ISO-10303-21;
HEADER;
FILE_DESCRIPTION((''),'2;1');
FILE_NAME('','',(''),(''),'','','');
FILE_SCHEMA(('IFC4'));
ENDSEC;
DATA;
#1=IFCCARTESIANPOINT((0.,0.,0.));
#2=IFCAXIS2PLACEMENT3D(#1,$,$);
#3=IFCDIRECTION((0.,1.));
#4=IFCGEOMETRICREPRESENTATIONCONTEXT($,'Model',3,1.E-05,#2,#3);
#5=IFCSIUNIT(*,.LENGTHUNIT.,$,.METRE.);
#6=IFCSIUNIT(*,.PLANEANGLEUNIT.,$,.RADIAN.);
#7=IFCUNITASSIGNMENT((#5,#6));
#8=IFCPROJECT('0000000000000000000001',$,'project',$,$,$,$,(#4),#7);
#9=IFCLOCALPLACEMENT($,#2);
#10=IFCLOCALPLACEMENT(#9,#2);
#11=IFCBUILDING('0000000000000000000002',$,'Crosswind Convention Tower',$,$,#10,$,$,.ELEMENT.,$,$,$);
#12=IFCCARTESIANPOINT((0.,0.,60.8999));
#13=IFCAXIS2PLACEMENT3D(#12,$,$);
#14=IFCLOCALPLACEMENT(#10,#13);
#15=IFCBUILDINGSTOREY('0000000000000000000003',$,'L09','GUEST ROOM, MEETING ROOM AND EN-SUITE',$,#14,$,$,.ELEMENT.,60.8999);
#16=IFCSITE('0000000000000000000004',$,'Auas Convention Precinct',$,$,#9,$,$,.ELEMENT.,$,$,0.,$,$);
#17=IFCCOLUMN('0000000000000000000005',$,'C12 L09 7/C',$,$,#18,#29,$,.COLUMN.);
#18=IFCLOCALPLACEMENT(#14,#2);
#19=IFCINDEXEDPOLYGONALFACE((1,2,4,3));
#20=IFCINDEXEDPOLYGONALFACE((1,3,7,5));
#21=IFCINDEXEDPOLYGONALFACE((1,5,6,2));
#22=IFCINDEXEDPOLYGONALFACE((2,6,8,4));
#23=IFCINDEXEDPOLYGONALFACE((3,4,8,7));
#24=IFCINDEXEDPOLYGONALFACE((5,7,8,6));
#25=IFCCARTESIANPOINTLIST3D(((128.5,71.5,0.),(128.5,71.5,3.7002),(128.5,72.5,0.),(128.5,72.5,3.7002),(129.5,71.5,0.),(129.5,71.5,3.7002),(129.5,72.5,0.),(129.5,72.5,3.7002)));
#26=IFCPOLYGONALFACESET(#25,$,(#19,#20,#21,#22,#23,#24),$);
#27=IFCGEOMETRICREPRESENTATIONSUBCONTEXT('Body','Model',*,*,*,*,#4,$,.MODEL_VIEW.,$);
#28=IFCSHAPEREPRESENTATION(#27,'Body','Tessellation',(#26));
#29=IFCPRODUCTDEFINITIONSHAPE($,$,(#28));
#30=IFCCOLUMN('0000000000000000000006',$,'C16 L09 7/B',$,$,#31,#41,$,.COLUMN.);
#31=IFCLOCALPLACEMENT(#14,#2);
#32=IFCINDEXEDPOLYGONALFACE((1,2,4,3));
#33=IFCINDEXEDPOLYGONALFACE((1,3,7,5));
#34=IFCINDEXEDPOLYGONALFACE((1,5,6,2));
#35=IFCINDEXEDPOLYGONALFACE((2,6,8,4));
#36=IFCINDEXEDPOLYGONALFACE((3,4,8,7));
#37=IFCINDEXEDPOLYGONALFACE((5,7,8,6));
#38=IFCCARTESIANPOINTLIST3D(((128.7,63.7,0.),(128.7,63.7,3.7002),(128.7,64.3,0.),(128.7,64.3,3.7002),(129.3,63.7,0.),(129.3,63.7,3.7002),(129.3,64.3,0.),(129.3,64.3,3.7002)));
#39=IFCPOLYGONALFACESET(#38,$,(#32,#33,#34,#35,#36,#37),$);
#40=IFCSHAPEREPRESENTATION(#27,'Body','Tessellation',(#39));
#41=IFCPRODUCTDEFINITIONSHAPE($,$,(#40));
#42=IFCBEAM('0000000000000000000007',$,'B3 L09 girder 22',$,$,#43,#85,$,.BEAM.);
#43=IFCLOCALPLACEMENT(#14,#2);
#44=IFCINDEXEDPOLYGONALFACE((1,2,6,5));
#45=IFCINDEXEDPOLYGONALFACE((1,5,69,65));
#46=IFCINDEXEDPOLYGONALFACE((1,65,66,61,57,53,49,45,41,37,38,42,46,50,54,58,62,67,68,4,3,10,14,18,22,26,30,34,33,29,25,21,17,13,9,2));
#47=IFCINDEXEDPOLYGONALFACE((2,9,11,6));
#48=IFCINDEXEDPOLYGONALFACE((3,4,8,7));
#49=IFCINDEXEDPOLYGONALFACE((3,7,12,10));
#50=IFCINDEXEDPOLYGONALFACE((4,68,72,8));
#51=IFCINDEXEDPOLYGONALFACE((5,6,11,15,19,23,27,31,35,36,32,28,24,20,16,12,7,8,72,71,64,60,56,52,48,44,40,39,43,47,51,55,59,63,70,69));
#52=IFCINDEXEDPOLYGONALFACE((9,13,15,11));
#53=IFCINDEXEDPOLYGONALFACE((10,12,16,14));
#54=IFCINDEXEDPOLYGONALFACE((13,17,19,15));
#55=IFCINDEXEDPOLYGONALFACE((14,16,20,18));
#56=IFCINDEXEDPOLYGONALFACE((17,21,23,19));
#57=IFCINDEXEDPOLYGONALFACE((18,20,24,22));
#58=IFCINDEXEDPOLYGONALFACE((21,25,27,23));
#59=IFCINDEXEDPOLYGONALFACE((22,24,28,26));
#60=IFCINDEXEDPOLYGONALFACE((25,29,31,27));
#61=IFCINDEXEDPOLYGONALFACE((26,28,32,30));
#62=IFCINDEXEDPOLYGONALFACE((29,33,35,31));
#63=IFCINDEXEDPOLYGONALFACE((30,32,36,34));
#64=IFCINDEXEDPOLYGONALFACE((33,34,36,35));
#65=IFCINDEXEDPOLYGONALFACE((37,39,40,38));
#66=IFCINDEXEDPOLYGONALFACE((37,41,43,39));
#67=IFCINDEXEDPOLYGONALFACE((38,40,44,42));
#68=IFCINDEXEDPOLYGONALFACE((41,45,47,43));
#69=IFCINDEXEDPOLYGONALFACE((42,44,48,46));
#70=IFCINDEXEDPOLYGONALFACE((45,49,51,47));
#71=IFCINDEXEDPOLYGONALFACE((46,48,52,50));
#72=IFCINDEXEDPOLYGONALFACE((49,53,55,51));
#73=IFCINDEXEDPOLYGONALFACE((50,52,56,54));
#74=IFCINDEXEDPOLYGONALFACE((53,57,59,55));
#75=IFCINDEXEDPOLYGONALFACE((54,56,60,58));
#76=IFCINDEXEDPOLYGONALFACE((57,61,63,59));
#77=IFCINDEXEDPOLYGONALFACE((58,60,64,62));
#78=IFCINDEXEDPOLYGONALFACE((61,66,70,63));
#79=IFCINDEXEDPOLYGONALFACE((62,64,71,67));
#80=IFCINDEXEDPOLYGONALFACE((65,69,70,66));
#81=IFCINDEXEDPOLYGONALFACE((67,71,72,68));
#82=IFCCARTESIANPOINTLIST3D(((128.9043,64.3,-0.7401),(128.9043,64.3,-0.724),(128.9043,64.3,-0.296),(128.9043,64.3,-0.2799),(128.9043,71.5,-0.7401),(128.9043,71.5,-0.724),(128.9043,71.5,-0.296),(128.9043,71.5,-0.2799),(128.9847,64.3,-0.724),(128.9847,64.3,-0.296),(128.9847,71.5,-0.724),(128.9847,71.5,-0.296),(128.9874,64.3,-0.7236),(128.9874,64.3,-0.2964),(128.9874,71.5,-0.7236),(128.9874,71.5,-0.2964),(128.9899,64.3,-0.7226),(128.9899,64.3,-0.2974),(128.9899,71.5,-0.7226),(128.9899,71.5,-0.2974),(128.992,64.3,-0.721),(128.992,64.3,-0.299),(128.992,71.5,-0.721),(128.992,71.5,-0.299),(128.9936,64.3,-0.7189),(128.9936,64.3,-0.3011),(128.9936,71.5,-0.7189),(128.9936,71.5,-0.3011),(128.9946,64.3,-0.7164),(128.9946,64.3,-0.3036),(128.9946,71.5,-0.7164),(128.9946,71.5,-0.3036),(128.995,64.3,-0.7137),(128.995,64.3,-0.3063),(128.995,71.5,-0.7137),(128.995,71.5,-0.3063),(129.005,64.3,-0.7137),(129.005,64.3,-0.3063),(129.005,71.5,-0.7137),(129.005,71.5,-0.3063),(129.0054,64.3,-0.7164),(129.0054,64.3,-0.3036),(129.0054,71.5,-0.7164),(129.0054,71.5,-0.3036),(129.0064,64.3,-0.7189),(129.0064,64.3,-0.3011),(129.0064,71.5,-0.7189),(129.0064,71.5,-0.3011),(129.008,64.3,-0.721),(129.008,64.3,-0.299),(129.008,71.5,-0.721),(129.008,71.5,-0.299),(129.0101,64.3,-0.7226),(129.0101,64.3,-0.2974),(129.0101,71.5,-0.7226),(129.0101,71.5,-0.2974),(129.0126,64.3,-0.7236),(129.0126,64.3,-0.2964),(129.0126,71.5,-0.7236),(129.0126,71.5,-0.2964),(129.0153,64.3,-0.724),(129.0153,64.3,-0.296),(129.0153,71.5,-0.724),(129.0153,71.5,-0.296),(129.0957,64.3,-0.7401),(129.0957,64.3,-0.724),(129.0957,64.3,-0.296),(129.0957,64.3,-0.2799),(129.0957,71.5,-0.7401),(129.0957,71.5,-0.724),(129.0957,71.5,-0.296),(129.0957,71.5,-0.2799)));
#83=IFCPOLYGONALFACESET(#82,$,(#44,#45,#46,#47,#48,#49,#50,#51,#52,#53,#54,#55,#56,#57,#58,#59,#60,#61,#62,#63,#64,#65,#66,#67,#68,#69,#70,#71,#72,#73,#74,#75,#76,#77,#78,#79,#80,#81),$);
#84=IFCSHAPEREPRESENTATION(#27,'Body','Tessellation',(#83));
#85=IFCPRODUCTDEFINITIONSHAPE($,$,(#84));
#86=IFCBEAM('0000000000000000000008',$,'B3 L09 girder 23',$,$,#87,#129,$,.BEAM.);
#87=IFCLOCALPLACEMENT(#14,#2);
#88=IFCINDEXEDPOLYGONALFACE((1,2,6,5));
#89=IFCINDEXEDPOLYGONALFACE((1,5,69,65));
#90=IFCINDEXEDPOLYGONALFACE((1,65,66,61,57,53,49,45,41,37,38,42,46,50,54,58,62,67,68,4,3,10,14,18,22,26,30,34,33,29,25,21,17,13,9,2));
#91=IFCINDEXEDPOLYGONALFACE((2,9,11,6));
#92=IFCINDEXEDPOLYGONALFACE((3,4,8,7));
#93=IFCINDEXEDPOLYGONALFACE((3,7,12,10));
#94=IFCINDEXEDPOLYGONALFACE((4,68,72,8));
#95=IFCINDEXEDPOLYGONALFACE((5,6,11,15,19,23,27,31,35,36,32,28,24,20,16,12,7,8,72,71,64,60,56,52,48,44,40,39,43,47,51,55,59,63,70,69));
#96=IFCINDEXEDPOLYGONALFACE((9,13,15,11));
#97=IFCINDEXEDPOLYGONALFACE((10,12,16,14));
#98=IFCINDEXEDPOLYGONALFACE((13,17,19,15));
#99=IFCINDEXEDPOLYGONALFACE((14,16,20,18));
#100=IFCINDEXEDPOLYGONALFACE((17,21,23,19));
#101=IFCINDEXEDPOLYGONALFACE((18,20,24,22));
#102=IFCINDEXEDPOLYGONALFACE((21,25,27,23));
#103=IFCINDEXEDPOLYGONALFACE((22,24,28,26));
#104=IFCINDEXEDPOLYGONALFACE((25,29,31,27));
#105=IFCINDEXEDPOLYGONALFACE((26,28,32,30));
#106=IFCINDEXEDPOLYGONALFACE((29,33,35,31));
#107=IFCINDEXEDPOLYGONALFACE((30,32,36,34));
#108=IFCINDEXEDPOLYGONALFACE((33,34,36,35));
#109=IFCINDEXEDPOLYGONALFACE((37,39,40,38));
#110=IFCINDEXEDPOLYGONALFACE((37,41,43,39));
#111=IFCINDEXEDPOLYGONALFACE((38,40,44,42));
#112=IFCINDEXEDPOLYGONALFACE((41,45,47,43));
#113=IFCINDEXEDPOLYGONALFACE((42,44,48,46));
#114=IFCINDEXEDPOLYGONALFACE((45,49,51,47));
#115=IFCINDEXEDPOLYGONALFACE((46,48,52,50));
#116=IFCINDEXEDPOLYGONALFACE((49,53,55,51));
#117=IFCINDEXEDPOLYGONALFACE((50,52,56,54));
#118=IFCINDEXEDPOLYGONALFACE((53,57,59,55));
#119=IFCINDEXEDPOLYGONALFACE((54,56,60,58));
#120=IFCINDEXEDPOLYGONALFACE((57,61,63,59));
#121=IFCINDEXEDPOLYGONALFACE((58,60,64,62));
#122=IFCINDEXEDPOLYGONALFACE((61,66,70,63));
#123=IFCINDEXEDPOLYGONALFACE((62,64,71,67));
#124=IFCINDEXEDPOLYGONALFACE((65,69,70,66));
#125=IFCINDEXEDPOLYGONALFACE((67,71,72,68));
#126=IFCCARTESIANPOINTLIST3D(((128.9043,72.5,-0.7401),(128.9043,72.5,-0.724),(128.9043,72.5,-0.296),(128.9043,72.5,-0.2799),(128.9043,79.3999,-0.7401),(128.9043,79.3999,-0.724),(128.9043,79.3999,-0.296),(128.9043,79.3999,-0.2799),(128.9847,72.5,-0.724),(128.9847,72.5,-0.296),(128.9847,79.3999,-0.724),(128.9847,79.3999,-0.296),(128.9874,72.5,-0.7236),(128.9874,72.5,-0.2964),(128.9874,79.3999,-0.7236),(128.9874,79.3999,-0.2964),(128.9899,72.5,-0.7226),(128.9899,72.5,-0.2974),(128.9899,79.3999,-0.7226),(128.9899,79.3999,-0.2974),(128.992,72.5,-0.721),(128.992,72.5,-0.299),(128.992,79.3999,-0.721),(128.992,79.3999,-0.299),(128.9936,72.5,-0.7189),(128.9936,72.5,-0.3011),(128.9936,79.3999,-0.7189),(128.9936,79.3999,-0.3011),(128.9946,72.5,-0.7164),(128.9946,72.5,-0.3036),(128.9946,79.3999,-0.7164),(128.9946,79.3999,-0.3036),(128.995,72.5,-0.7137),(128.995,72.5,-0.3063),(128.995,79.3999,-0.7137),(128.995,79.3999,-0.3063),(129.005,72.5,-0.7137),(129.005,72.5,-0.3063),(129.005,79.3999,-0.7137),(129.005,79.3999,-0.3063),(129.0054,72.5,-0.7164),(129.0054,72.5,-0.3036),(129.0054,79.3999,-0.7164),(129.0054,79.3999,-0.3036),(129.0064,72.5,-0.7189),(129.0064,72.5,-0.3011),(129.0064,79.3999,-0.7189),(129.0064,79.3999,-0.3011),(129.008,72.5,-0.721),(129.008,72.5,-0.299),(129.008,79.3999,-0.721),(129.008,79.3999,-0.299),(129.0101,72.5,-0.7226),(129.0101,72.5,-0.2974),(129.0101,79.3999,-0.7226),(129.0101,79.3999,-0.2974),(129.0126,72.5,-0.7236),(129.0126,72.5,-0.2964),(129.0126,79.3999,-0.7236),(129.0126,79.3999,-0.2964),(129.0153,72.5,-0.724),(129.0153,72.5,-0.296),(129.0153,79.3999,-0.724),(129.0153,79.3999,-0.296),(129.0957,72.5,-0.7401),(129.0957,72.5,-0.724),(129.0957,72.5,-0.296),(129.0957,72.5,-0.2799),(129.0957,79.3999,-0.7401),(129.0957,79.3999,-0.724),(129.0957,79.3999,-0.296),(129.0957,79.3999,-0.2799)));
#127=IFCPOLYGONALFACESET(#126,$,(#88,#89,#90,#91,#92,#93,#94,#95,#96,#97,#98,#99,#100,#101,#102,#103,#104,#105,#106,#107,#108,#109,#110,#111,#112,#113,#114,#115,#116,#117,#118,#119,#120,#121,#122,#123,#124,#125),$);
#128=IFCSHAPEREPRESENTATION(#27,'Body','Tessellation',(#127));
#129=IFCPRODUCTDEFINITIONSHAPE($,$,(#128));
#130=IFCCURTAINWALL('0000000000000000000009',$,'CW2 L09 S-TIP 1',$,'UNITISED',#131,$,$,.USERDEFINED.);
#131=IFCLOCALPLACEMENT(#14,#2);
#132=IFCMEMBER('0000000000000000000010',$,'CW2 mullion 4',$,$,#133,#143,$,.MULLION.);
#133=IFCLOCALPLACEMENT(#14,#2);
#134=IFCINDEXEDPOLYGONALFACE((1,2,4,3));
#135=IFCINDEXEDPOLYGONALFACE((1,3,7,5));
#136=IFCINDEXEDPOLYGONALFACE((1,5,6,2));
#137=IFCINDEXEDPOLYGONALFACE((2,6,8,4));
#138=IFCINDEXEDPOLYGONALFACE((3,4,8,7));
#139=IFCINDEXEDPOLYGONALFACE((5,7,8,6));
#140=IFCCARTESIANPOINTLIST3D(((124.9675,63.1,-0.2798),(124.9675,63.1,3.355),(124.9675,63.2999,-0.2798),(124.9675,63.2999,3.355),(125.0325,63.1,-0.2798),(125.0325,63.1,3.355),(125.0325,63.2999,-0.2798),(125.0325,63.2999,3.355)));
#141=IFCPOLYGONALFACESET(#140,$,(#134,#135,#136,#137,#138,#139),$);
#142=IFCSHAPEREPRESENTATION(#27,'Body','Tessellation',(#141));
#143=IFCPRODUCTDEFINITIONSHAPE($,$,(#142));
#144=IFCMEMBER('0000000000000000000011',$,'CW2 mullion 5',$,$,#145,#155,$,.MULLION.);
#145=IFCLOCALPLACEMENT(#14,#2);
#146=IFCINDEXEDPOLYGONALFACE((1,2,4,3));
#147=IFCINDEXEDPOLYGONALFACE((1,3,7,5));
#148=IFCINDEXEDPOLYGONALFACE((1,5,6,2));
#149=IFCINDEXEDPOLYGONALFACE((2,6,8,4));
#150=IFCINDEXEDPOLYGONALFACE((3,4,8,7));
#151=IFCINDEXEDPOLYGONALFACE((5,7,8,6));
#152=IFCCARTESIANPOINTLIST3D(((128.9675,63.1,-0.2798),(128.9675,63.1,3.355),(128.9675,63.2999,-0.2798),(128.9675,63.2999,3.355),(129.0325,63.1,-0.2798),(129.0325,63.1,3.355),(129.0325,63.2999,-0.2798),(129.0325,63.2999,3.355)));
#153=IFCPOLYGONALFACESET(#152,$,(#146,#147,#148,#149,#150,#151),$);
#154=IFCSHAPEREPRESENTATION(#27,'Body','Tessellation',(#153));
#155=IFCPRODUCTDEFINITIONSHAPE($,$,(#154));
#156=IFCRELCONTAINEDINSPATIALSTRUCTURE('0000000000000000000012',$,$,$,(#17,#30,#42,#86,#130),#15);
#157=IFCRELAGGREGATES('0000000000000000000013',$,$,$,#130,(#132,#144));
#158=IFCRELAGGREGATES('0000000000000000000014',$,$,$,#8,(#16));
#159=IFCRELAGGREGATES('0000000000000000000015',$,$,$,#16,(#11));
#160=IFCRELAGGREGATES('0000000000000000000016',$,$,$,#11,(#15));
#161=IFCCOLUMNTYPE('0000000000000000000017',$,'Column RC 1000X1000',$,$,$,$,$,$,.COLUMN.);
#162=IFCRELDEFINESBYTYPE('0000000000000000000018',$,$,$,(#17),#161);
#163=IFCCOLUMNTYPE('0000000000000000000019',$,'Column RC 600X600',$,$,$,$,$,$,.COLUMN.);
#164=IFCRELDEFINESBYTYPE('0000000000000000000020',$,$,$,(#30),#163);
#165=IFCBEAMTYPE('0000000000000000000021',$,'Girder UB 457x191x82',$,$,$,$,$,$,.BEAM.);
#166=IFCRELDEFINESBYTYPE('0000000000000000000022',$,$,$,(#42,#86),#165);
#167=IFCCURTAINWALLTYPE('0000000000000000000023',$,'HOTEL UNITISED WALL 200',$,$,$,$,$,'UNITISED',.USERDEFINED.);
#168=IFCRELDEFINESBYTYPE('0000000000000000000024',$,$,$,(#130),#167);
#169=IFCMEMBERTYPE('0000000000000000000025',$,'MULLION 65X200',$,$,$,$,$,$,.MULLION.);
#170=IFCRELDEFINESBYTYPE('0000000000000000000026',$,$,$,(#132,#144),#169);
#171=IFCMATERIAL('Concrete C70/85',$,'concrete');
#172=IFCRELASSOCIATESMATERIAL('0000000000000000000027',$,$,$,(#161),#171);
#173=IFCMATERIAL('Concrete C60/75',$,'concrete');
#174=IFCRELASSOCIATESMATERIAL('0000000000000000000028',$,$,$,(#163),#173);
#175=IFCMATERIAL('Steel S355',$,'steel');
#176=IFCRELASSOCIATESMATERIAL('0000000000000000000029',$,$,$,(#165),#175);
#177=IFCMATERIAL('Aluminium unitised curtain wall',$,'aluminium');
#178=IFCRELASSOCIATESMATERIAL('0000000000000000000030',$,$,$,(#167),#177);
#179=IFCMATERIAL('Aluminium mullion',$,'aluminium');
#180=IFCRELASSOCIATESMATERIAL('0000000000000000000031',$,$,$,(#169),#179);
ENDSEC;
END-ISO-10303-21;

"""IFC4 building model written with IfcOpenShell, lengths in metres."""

from ifc_helpers import new_model, si_unit, direction, frame, origin, origin_2d, place, context, subcontext, project, spatial, rectangle, i_section, extrude, material, material_profile, profile_set, type_object, element, aggregate, save


model = new_model("IFC4")

# Units and contexts
model_context = context("Model", 3, precision=1e-05, world=origin(), true_north=direction((0.0, 1.0)))
body_context = subcontext(model_context, "Body", "Model", "MODEL_VIEW")
ifc_project = project(units=[si_unit("LENGTHUNIT", "METRE"), si_unit("PLANEANGLEUNIT", "RADIAN")], contexts=[model_context])

# Site, building, storey
site_placement = place(None, origin())
site = spatial("IfcSite", under=ifc_project, at=site_placement, Name="Auas Convention Precinct", CompositionType="ELEMENT", RefElevation=0.0)
building_placement = place(site_placement, origin())
building = spatial("IfcBuilding", under=site, at=building_placement, Name="Crosswind Convention Tower", CompositionType="ELEMENT")
storey_placement = place(building_placement, frame((0.0, 0.0, 60.8999)))
storey = spatial("IfcBuildingStorey", under=building, at=storey_placement, Name="L09", Description="GUEST ROOM, MEETING ROOM AND EN-SUITE", CompositionType="ELEMENT", Elevation=60.8999)

# Columns
ifc_material_1 = material(Name="Concrete C70/85", Category="concrete")
ifc_material_profile_1 = material_profile(ifc_material_1, rectangle(XDim=1.0, YDim=1.0, at=origin_2d()), Name="RC 1000X1000")
ifc_profile_set_1 = profile_set([ifc_material_profile_1], Name="Concrete C70/85")
column_type_1 = type_object("IfcColumnType", Name="Column RC 1000X1000", PredefinedType="COLUMN", material=ifc_profile_set_1)
column_1_placement = place(storey_placement, frame((129.0, 72.0, 0.0), z_axis=(0.0, 0.0, 1.0), x_axis=(1.0, 0.0, 0.0)))
element("IfcColumn", 1, at=column_1_placement, inside=storey, type_object=column_type_1, Name="C12 L09 7/C", PredefinedType="COLUMN", context=body_context, shape_type="SweptSolid", body=[
    extrude(rectangle(XDim=1.0, YDim=1.0, at=origin_2d()), origin(), (0.0, 0.0, 1.0), 3.7002),
])
ifc_material_2 = material(Name="Concrete C60/75", Category="concrete")
ifc_material_profile_2 = material_profile(ifc_material_2, rectangle(XDim=0.6001, YDim=0.6001, at=origin_2d()), Name="RC 600X600")
ifc_profile_set_2 = profile_set([ifc_material_profile_2], Name="Concrete C60/75")
column_type_2 = type_object("IfcColumnType", Name="Column RC 600X600", PredefinedType="COLUMN", material=ifc_profile_set_2)
column_2_placement = place(storey_placement, frame((129.0, 64.0, 0.0), z_axis=(0.0, 0.0, 1.0), x_axis=(1.0, 0.0, 0.0)))
element("IfcColumn", 2, at=column_2_placement, inside=storey, type_object=column_type_2, Name="C16 L09 7/B", PredefinedType="COLUMN", context=body_context, shape_type="SweptSolid", body=[
    extrude(rectangle(XDim=0.6001, YDim=0.6001, at=origin_2d()), origin(), (0.0, 0.0, 1.0), 3.7002),
])

# Beams
ifc_material_3 = material(Name="Steel S355", Category="steel")
ifc_material_profile_3 = material_profile(ifc_material_3, i_section(OverallWidth=0.1914, OverallDepth=0.4602, WebThickness=0.01, FlangeThickness=0.0161, FilletRadius=0.0103, at=origin_2d()), Name="UB 457x191x82")
ifc_profile_set_3 = profile_set([ifc_material_profile_3], Name="Steel S355")
beam_type_1 = type_object("IfcBeamType", Name="Girder UB 457x191x82", PredefinedType="BEAM", material=ifc_profile_set_3)
beam_1_placement = place(storey_placement, frame((129.0, 64.3, -0.51), z_axis=(0.0, 1.0, 0.0), x_axis=(-1.0, 0.0, 0.0)))
element("IfcBeam", 3, at=beam_1_placement, inside=storey, type_object=beam_type_1, Name="B3 L09 girder 22", PredefinedType="BEAM", context=body_context, shape_type="SweptSolid", body=[
    extrude(i_section(OverallWidth=0.1914, OverallDepth=0.4602, WebThickness=0.01, FlangeThickness=0.0161, FilletRadius=0.0103, at=origin_2d()), origin(), (0.0, 0.0, 1.0), 7.2),
])
beam_2_placement = place(storey_placement, frame((129.0, 72.5, -0.51), z_axis=(0.0, 1.0, 0.0), x_axis=(-1.0, 0.0, 0.0)))
element("IfcBeam", 4, at=beam_2_placement, inside=storey, type_object=beam_type_1, Name="B3 L09 girder 23", PredefinedType="BEAM", context=body_context, shape_type="SweptSolid", body=[
    extrude(i_section(OverallWidth=0.1914, OverallDepth=0.4602, WebThickness=0.01, FlangeThickness=0.0161, FilletRadius=0.0103, at=origin_2d()), origin(), (0.0, 0.0, 1.0), 6.8999),
])

# Curtain wall, members
ifc_material_4 = material(Name="Aluminium unitised curtain wall", Category="aluminium")
curtain_wall_type = type_object("IfcCurtainWallType", Name="HOTEL UNITISED WALL 200", ElementType="UNITISED", PredefinedType="USERDEFINED", material=ifc_material_4)
curtain_wall_placement = place(storey_placement, origin())
curtain_wall = element("IfcCurtainWall", 5, at=curtain_wall_placement, inside=storey, type_object=curtain_wall_type, Name="CW2 L09 S-TIP 1", ObjectType="UNITISED", PredefinedType="USERDEFINED")
ifc_material_5 = material(Name="Aluminium mullion", Category="aluminium")
ifc_material_profile_4 = material_profile(ifc_material_5, rectangle(XDim=0.2, YDim=0.0649, at=origin_2d()), Name="AL 200X65")
ifc_profile_set_4 = profile_set([ifc_material_profile_4], Name="Aluminium mullion")
member_type = type_object("IfcMemberType", Name="MULLION 65X200", PredefinedType="MULLION", material=ifc_profile_set_4)
member_1_placement = place(storey_placement, frame((125.0, 63.2, -0.2798), z_axis=(0.0, 0.0, 1.0), x_axis=(0.0, -1.0, 0.0)))
member_1 = element("IfcMember", 6, at=member_1_placement, type_object=member_type, Name="CW2 mullion 4", PredefinedType="MULLION", context=body_context, shape_type="SweptSolid", body=[
    extrude(rectangle(XDim=0.2, YDim=0.0649, at=origin_2d()), origin(), (0.0, 0.0, 1.0), 3.6348),
])
member_2_placement = place(storey_placement, frame((129.0, 63.2, -0.2798), z_axis=(0.0, 0.0, 1.0), x_axis=(0.0, -1.0, 0.0)))
member_2 = element("IfcMember", 7, at=member_2_placement, type_object=member_type, Name="CW2 mullion 5", PredefinedType="MULLION", context=body_context, shape_type="SweptSolid", body=[
    extrude(rectangle(XDim=0.2, YDim=0.0649, at=origin_2d()), origin(), (0.0, 0.0, 1.0), 3.6348),
])

aggregate(curtain_wall, [member_1, member_2])

save(model, "model.ifc")
